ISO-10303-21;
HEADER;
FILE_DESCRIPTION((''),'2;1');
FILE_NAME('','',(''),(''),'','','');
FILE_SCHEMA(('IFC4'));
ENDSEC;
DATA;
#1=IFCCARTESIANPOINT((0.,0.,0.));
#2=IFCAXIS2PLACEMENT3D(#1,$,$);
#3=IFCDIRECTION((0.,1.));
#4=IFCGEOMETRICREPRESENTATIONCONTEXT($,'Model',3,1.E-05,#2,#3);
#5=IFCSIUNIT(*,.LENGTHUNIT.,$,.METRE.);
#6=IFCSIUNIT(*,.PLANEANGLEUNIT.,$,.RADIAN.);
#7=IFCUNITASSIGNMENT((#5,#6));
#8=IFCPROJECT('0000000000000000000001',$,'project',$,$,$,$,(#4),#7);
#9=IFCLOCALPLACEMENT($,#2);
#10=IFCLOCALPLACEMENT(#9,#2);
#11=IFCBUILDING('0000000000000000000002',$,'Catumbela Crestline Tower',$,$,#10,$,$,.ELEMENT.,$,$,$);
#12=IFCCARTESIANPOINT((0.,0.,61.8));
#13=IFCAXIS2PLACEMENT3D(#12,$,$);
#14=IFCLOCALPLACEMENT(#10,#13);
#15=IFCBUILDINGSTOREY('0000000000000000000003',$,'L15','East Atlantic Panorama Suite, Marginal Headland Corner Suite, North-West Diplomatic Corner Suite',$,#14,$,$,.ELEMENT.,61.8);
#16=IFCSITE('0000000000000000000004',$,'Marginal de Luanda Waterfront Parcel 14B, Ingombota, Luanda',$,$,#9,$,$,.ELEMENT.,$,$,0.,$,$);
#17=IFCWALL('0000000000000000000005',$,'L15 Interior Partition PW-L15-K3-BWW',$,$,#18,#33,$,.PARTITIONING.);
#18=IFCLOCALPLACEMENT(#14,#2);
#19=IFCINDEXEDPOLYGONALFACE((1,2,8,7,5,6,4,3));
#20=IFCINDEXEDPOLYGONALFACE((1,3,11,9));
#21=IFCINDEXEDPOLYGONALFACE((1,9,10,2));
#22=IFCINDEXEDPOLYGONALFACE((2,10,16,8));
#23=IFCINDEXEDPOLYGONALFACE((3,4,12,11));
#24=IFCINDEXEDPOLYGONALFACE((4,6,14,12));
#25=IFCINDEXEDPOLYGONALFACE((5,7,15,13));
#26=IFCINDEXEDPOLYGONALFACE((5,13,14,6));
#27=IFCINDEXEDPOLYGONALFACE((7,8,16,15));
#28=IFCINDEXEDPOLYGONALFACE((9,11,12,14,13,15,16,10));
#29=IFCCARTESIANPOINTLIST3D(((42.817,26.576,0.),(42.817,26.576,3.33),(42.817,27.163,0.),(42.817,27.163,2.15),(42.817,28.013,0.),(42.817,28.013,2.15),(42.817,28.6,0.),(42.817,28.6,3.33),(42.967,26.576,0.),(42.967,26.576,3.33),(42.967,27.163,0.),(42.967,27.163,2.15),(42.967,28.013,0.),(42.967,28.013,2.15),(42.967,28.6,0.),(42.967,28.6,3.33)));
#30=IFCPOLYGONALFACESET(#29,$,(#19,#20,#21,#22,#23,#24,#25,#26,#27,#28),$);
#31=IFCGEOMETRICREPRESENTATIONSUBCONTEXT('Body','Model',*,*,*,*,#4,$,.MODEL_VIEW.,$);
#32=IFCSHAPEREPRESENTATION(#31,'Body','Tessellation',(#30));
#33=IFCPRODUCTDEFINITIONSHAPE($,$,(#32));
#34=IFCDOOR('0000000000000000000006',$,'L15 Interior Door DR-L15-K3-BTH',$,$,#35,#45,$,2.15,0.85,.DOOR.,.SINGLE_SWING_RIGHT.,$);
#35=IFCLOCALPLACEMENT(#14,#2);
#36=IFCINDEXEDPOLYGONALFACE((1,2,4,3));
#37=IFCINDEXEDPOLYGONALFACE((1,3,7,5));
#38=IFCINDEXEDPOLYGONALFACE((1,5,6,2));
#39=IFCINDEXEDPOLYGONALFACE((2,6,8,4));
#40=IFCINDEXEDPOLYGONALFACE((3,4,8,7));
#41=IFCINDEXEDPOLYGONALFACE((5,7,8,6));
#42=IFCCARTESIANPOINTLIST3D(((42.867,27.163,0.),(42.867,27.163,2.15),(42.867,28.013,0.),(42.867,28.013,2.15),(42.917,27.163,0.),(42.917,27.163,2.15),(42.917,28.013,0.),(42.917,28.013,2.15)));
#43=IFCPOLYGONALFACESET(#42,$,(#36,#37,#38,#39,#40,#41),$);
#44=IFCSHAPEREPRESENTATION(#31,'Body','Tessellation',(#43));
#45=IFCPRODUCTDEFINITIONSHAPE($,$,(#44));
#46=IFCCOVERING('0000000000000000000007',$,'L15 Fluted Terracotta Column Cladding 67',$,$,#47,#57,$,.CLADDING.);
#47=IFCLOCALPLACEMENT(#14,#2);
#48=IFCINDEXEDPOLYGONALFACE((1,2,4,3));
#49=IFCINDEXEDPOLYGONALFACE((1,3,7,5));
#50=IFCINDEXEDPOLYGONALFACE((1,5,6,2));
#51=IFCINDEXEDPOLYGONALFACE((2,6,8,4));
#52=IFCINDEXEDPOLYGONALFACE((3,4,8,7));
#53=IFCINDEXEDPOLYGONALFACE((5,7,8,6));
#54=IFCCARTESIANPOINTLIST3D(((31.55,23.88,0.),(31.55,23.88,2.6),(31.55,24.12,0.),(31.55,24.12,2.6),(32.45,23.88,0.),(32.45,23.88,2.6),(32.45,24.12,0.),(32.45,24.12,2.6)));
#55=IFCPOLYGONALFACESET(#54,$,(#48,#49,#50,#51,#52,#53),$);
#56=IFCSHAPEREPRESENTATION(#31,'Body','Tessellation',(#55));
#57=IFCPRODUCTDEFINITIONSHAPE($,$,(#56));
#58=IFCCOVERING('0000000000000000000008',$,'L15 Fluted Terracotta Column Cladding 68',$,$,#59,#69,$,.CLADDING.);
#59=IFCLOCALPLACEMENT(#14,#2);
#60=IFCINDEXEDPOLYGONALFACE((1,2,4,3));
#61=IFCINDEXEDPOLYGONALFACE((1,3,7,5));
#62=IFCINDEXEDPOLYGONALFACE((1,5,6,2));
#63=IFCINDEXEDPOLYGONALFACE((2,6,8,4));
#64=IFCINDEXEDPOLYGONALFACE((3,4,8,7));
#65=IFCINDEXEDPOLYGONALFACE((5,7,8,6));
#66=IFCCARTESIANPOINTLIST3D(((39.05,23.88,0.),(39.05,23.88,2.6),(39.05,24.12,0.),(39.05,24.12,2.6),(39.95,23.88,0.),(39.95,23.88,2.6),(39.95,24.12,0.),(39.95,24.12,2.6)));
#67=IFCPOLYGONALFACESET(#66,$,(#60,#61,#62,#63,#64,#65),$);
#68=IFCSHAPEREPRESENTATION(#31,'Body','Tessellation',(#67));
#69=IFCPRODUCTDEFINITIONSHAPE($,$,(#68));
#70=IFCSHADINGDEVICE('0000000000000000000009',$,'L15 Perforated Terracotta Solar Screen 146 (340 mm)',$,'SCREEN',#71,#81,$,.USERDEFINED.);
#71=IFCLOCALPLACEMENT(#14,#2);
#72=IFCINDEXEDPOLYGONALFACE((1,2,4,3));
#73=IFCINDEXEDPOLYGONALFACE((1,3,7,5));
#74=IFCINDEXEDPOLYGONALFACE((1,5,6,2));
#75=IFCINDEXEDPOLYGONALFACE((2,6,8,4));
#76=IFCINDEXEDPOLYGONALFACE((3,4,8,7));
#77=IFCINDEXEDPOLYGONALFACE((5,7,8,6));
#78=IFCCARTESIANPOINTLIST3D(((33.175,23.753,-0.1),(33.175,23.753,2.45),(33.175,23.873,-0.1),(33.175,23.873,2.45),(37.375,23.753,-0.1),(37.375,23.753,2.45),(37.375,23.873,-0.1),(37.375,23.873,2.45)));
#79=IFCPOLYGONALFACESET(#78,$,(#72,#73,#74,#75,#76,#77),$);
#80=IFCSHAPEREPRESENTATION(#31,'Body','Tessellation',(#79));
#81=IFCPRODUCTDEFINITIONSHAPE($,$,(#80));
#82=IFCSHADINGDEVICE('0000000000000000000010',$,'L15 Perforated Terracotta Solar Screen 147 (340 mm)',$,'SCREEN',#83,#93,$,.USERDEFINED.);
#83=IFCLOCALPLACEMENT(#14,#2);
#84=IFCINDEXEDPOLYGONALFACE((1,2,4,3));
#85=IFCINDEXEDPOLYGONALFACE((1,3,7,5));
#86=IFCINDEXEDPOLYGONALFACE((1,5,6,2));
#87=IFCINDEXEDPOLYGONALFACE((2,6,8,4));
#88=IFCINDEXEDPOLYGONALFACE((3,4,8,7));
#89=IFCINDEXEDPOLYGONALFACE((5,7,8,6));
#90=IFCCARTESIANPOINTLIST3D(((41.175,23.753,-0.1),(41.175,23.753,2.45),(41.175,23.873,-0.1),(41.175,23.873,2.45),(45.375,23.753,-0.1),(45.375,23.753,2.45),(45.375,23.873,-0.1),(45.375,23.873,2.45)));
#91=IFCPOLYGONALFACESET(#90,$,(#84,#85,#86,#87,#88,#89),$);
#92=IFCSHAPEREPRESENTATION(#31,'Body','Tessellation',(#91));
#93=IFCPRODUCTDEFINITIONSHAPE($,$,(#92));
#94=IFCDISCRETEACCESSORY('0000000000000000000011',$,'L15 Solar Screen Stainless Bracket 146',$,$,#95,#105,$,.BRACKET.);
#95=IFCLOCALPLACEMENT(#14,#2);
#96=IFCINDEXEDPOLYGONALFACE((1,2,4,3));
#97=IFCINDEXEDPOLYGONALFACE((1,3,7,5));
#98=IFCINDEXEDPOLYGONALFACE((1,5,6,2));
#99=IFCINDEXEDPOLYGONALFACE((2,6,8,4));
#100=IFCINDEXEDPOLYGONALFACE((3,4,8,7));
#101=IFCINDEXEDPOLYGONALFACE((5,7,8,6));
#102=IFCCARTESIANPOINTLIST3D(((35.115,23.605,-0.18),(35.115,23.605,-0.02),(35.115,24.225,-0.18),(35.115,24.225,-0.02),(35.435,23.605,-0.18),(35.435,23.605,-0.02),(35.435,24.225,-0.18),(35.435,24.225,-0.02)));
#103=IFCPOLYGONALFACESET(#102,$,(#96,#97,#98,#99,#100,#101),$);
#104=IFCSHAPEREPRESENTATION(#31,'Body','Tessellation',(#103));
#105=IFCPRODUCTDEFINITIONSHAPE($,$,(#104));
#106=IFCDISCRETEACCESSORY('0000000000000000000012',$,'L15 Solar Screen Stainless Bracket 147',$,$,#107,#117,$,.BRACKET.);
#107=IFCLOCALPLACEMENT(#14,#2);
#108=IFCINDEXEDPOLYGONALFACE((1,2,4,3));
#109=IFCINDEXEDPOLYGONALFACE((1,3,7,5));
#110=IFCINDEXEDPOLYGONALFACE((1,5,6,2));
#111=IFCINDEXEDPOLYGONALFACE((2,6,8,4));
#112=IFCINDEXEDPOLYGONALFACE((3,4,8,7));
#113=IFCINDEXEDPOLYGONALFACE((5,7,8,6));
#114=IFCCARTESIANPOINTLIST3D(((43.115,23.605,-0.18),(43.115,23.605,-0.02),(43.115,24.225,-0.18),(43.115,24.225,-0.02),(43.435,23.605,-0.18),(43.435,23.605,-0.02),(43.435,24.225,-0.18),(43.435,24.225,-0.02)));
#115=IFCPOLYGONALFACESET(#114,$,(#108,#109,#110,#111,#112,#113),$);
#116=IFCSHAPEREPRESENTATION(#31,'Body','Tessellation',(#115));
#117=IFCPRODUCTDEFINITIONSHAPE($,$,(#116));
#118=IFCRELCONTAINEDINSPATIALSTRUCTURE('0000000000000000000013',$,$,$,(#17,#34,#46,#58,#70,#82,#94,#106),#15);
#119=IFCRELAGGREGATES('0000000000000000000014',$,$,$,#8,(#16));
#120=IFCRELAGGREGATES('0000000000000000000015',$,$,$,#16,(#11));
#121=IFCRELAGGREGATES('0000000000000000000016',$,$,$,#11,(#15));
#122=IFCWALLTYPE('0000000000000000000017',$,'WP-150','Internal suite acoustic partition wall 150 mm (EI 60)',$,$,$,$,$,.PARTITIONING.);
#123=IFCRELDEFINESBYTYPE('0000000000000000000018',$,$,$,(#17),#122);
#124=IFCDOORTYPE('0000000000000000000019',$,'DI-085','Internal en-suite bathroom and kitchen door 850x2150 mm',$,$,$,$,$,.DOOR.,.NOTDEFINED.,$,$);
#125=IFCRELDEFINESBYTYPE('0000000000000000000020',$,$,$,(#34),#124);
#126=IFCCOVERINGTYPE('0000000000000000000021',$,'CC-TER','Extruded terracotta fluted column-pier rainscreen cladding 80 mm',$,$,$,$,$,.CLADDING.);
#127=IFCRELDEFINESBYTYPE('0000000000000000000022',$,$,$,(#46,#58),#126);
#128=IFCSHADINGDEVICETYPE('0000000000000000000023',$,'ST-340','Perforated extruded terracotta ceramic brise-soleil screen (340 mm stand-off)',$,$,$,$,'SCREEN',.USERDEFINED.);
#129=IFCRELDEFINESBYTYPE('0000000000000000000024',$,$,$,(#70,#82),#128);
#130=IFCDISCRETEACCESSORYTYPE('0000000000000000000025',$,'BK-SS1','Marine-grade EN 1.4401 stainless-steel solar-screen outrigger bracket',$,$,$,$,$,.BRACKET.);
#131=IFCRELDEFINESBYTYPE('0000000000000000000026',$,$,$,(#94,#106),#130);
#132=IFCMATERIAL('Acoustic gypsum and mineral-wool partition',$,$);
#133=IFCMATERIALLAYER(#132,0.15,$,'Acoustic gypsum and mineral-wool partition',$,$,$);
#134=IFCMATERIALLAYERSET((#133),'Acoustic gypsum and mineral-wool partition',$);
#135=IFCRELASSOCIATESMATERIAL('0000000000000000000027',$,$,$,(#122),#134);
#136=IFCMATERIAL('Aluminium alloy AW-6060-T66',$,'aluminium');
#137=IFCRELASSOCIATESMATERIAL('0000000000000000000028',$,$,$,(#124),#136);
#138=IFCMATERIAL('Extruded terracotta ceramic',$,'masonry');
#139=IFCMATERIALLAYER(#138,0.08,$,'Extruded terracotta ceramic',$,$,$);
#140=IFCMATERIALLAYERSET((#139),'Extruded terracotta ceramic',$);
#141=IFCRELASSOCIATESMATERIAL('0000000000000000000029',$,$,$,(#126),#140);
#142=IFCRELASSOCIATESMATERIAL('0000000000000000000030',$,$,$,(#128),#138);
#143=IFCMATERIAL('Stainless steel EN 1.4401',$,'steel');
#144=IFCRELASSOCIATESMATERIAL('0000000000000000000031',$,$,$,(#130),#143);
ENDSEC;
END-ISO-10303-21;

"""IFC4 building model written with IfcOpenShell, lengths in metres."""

from ifc_helpers import new_model, si_unit, direction, frame, frame_2d, origin, origin_2d, place, context, subcontext, project, spatial, rectangle, extrude, material, layer, layer_set, type_object, element, fill, save


model = new_model("IFC4")

# Units and contexts
model_context = context("Model", 3, precision=1e-05, world=origin(), true_north=direction((0.0, 1.0)))
body_context = subcontext(model_context, "Body", "Model", "MODEL_VIEW")
ifc_project = project(units=[si_unit("LENGTHUNIT", "METRE"), si_unit("PLANEANGLEUNIT", "RADIAN")], contexts=[model_context])

# Site, building, storey
site_placement = place(None, origin())
site = spatial("IfcSite", under=ifc_project, at=site_placement, Name="Marginal de Luanda Waterfront Parcel 14B, Ingombota, Luanda", CompositionType="ELEMENT", RefElevation=0.0)
building_placement = place(site_placement, origin())
building = spatial("IfcBuilding", under=site, at=building_placement, Name="Catumbela Crestline Tower", CompositionType="ELEMENT")
storey_placement = place(building_placement, frame((0.0, 0.0, 61.8)))
storey = spatial("IfcBuildingStorey", under=building, at=storey_placement, Name="L15", Description="East Atlantic Panorama Suite, Marginal Headland Corner Suite, North-West Diplomatic Corner Suite", CompositionType="ELEMENT", Elevation=61.8)

# Shared definitions
ifc_material_1 = material(Name="Aluminium alloy AW-6060-T66", Category="aluminium")

# Shared definitions
ifc_material_2 = material(Name="Acoustic gypsum and mineral-wool partition")
ifc_layer_1 = layer(ifc_material_2, 0.15, Name="Acoustic gypsum and mineral-wool partition")
ifc_layer_set_1 = layer_set([ifc_layer_1], Name="Acoustic gypsum and mineral-wool partition")
wall_type_1 = type_object("IfcWallType", Name="WP-150", Description="Internal suite acoustic partition wall 150 mm (EI 60)", PredefinedType="PARTITIONING", material=ifc_layer_set_1)

# Shared definitions
door_type = type_object("IfcDoorType", Name="DI-085", Description="Internal en-suite bathroom and kitchen door 850x2150 mm", OperationType="NOTDEFINED", PredefinedType="DOOR", material=ifc_material_1)

# Wall, opening, door
wall_1_placement = place(storey_placement, frame((42.892, 26.576, 0.0), z_axis=(0.0, 0.0, 1.0), x_axis=(0.0, 1.0, 0.0)))
wall_1 = element("IfcWall", 1, at=wall_1_placement, inside=storey, type_object=wall_type_1, Name="L15 Interior Partition PW-L15-K3-BWW", PredefinedType="PARTITIONING", context=body_context, shape_type="SweptSolid", body=[
    extrude(rectangle(XDim=2.024, YDim=0.15, at=frame_2d((1.012, 0.0))), origin(), (0.0, 0.0, 1.0), 3.33),
])
opening_1_placement = place(wall_1_placement, frame((0.587, 0.0, 0.0)))
opening_1 = element("IfcOpeningElement", 2, at=opening_1_placement, cuts=wall_1, PredefinedType="OPENING", context=body_context, shape_type="SweptSolid", body=[
    extrude(rectangle(XDim=0.85, YDim=2.15, at=frame_2d((0.425, 1.075))), frame((0.0, 0.085, 0.0), z_axis=(0.0, -1.0, 0.0), x_axis=(1.0, 0.0, 0.0)), (0.0, 0.0, 1.0), 0.17),
])
door_1_placement = place(opening_1_placement, origin())
door_1 = element("IfcDoor", 3, at=door_1_placement, inside=storey, type_object=door_type, Name="L15 Interior Door DR-L15-K3-BTH", OperationType="SINGLE_SWING_RIGHT", OverallHeight=2.15, OverallWidth=0.85, PredefinedType="DOOR", context=body_context, shape_type="SweptSolid", body=[
    extrude(rectangle(XDim=0.85, YDim=2.15, at=frame_2d((0.425, 1.075))), frame((0.0, 0.025, 0.0), z_axis=(0.0, -1.0, 0.0), x_axis=(1.0, 0.0, 0.0)), (0.0, 0.0, 1.0), 0.05),
])
fill(opening_1, door_1)

# Coverings
ifc_material_3 = material(Name="Extruded terracotta ceramic", Category="masonry")
ifc_layer_2 = layer(ifc_material_3, 0.08, Name="Extruded terracotta ceramic")
ifc_layer_set_2 = layer_set([ifc_layer_2], Name="Extruded terracotta ceramic")
covering_type = type_object("IfcCoveringType", Name="CC-TER", Description="Extruded terracotta fluted column-pier rainscreen cladding 80 mm", PredefinedType="CLADDING", material=ifc_layer_set_2)
for number, where, z_axis, x_axis, name in (
    (4, (32.0, 24.0, 0.0), (0.0, 0.0, 1.0), (1.0, 0.0, 0.0), "L15 Fluted Terracotta Column Cladding 67"),
    (5, (39.5, 24.0, 0.0), (0.0, 0.0, 1.0), (1.0, 0.0, 0.0), "L15 Fluted Terracotta Column Cladding 68"),
):
    element("IfcCovering", number, at=place(storey_placement, frame(where, z_axis=z_axis, x_axis=x_axis)), inside=storey, type_object=covering_type, Name=name, PredefinedType="CLADDING", context=body_context, shape_type="SweptSolid", body=[
        extrude(rectangle(XDim=0.9, YDim=0.24, at=origin_2d()), origin(), (0.0, 0.0, 1.0), 2.6),
    ])

# Shading devices
shading_device_type = type_object("IfcShadingDeviceType", Name="ST-340", Description="Perforated extruded terracotta ceramic brise-soleil screen (340 mm stand-off)", ElementType="SCREEN", PredefinedType="USERDEFINED", material=ifc_material_3)
for number, where, z_axis, x_axis, name in (
    (6, (35.275, 23.813, -0.1), (0.0, 0.0, 1.0), (1.0, 0.0, 0.0), "L15 Perforated Terracotta Solar Screen 146 (340 mm)"),
    (7, (43.275, 23.813, -0.1), (0.0, 0.0, 1.0), (1.0, 0.0, 0.0), "L15 Perforated Terracotta Solar Screen 147 (340 mm)"),
):
    element("IfcShadingDevice", number, at=place(storey_placement, frame(where, z_axis=z_axis, x_axis=x_axis)), inside=storey, type_object=shading_device_type, Name=name, ObjectType="SCREEN", PredefinedType="USERDEFINED", context=body_context, shape_type="SweptSolid", body=[
        extrude(rectangle(XDim=4.2, YDim=0.12, at=origin_2d()), origin(), (0.0, 0.0, 1.0), 2.55),
    ])

# Discrete accessories
ifc_material_4 = material(Name="Stainless steel EN 1.4401", Category="steel")
discrete_accessory_type = type_object("IfcDiscreteAccessoryType", Name="BK-SS1", Description="Marine-grade EN 1.4401 stainless-steel solar-screen outrigger bracket", PredefinedType="BRACKET", material=ifc_material_4)
for number, where, z_axis, x_axis, name in (
    (8, (35.275, 23.915, -0.18), (0.0, 0.0, 1.0), (1.0, 0.0, 0.0), "L15 Solar Screen Stainless Bracket 146"),
    (9, (43.275, 23.915, -0.18), (0.0, 0.0, 1.0), (1.0, 0.0, 0.0), "L15 Solar Screen Stainless Bracket 147"),
):
    element("IfcDiscreteAccessory", number, at=place(storey_placement, frame(where, z_axis=z_axis, x_axis=x_axis)), inside=storey, type_object=discrete_accessory_type, Name=name, PredefinedType="BRACKET", context=body_context, shape_type="SweptSolid", body=[
        extrude(rectangle(XDim=0.32, YDim=0.62, at=origin_2d()), origin(), (0.0, 0.0, 1.0), 0.16),
    ])

save(model, "model.ifc")
